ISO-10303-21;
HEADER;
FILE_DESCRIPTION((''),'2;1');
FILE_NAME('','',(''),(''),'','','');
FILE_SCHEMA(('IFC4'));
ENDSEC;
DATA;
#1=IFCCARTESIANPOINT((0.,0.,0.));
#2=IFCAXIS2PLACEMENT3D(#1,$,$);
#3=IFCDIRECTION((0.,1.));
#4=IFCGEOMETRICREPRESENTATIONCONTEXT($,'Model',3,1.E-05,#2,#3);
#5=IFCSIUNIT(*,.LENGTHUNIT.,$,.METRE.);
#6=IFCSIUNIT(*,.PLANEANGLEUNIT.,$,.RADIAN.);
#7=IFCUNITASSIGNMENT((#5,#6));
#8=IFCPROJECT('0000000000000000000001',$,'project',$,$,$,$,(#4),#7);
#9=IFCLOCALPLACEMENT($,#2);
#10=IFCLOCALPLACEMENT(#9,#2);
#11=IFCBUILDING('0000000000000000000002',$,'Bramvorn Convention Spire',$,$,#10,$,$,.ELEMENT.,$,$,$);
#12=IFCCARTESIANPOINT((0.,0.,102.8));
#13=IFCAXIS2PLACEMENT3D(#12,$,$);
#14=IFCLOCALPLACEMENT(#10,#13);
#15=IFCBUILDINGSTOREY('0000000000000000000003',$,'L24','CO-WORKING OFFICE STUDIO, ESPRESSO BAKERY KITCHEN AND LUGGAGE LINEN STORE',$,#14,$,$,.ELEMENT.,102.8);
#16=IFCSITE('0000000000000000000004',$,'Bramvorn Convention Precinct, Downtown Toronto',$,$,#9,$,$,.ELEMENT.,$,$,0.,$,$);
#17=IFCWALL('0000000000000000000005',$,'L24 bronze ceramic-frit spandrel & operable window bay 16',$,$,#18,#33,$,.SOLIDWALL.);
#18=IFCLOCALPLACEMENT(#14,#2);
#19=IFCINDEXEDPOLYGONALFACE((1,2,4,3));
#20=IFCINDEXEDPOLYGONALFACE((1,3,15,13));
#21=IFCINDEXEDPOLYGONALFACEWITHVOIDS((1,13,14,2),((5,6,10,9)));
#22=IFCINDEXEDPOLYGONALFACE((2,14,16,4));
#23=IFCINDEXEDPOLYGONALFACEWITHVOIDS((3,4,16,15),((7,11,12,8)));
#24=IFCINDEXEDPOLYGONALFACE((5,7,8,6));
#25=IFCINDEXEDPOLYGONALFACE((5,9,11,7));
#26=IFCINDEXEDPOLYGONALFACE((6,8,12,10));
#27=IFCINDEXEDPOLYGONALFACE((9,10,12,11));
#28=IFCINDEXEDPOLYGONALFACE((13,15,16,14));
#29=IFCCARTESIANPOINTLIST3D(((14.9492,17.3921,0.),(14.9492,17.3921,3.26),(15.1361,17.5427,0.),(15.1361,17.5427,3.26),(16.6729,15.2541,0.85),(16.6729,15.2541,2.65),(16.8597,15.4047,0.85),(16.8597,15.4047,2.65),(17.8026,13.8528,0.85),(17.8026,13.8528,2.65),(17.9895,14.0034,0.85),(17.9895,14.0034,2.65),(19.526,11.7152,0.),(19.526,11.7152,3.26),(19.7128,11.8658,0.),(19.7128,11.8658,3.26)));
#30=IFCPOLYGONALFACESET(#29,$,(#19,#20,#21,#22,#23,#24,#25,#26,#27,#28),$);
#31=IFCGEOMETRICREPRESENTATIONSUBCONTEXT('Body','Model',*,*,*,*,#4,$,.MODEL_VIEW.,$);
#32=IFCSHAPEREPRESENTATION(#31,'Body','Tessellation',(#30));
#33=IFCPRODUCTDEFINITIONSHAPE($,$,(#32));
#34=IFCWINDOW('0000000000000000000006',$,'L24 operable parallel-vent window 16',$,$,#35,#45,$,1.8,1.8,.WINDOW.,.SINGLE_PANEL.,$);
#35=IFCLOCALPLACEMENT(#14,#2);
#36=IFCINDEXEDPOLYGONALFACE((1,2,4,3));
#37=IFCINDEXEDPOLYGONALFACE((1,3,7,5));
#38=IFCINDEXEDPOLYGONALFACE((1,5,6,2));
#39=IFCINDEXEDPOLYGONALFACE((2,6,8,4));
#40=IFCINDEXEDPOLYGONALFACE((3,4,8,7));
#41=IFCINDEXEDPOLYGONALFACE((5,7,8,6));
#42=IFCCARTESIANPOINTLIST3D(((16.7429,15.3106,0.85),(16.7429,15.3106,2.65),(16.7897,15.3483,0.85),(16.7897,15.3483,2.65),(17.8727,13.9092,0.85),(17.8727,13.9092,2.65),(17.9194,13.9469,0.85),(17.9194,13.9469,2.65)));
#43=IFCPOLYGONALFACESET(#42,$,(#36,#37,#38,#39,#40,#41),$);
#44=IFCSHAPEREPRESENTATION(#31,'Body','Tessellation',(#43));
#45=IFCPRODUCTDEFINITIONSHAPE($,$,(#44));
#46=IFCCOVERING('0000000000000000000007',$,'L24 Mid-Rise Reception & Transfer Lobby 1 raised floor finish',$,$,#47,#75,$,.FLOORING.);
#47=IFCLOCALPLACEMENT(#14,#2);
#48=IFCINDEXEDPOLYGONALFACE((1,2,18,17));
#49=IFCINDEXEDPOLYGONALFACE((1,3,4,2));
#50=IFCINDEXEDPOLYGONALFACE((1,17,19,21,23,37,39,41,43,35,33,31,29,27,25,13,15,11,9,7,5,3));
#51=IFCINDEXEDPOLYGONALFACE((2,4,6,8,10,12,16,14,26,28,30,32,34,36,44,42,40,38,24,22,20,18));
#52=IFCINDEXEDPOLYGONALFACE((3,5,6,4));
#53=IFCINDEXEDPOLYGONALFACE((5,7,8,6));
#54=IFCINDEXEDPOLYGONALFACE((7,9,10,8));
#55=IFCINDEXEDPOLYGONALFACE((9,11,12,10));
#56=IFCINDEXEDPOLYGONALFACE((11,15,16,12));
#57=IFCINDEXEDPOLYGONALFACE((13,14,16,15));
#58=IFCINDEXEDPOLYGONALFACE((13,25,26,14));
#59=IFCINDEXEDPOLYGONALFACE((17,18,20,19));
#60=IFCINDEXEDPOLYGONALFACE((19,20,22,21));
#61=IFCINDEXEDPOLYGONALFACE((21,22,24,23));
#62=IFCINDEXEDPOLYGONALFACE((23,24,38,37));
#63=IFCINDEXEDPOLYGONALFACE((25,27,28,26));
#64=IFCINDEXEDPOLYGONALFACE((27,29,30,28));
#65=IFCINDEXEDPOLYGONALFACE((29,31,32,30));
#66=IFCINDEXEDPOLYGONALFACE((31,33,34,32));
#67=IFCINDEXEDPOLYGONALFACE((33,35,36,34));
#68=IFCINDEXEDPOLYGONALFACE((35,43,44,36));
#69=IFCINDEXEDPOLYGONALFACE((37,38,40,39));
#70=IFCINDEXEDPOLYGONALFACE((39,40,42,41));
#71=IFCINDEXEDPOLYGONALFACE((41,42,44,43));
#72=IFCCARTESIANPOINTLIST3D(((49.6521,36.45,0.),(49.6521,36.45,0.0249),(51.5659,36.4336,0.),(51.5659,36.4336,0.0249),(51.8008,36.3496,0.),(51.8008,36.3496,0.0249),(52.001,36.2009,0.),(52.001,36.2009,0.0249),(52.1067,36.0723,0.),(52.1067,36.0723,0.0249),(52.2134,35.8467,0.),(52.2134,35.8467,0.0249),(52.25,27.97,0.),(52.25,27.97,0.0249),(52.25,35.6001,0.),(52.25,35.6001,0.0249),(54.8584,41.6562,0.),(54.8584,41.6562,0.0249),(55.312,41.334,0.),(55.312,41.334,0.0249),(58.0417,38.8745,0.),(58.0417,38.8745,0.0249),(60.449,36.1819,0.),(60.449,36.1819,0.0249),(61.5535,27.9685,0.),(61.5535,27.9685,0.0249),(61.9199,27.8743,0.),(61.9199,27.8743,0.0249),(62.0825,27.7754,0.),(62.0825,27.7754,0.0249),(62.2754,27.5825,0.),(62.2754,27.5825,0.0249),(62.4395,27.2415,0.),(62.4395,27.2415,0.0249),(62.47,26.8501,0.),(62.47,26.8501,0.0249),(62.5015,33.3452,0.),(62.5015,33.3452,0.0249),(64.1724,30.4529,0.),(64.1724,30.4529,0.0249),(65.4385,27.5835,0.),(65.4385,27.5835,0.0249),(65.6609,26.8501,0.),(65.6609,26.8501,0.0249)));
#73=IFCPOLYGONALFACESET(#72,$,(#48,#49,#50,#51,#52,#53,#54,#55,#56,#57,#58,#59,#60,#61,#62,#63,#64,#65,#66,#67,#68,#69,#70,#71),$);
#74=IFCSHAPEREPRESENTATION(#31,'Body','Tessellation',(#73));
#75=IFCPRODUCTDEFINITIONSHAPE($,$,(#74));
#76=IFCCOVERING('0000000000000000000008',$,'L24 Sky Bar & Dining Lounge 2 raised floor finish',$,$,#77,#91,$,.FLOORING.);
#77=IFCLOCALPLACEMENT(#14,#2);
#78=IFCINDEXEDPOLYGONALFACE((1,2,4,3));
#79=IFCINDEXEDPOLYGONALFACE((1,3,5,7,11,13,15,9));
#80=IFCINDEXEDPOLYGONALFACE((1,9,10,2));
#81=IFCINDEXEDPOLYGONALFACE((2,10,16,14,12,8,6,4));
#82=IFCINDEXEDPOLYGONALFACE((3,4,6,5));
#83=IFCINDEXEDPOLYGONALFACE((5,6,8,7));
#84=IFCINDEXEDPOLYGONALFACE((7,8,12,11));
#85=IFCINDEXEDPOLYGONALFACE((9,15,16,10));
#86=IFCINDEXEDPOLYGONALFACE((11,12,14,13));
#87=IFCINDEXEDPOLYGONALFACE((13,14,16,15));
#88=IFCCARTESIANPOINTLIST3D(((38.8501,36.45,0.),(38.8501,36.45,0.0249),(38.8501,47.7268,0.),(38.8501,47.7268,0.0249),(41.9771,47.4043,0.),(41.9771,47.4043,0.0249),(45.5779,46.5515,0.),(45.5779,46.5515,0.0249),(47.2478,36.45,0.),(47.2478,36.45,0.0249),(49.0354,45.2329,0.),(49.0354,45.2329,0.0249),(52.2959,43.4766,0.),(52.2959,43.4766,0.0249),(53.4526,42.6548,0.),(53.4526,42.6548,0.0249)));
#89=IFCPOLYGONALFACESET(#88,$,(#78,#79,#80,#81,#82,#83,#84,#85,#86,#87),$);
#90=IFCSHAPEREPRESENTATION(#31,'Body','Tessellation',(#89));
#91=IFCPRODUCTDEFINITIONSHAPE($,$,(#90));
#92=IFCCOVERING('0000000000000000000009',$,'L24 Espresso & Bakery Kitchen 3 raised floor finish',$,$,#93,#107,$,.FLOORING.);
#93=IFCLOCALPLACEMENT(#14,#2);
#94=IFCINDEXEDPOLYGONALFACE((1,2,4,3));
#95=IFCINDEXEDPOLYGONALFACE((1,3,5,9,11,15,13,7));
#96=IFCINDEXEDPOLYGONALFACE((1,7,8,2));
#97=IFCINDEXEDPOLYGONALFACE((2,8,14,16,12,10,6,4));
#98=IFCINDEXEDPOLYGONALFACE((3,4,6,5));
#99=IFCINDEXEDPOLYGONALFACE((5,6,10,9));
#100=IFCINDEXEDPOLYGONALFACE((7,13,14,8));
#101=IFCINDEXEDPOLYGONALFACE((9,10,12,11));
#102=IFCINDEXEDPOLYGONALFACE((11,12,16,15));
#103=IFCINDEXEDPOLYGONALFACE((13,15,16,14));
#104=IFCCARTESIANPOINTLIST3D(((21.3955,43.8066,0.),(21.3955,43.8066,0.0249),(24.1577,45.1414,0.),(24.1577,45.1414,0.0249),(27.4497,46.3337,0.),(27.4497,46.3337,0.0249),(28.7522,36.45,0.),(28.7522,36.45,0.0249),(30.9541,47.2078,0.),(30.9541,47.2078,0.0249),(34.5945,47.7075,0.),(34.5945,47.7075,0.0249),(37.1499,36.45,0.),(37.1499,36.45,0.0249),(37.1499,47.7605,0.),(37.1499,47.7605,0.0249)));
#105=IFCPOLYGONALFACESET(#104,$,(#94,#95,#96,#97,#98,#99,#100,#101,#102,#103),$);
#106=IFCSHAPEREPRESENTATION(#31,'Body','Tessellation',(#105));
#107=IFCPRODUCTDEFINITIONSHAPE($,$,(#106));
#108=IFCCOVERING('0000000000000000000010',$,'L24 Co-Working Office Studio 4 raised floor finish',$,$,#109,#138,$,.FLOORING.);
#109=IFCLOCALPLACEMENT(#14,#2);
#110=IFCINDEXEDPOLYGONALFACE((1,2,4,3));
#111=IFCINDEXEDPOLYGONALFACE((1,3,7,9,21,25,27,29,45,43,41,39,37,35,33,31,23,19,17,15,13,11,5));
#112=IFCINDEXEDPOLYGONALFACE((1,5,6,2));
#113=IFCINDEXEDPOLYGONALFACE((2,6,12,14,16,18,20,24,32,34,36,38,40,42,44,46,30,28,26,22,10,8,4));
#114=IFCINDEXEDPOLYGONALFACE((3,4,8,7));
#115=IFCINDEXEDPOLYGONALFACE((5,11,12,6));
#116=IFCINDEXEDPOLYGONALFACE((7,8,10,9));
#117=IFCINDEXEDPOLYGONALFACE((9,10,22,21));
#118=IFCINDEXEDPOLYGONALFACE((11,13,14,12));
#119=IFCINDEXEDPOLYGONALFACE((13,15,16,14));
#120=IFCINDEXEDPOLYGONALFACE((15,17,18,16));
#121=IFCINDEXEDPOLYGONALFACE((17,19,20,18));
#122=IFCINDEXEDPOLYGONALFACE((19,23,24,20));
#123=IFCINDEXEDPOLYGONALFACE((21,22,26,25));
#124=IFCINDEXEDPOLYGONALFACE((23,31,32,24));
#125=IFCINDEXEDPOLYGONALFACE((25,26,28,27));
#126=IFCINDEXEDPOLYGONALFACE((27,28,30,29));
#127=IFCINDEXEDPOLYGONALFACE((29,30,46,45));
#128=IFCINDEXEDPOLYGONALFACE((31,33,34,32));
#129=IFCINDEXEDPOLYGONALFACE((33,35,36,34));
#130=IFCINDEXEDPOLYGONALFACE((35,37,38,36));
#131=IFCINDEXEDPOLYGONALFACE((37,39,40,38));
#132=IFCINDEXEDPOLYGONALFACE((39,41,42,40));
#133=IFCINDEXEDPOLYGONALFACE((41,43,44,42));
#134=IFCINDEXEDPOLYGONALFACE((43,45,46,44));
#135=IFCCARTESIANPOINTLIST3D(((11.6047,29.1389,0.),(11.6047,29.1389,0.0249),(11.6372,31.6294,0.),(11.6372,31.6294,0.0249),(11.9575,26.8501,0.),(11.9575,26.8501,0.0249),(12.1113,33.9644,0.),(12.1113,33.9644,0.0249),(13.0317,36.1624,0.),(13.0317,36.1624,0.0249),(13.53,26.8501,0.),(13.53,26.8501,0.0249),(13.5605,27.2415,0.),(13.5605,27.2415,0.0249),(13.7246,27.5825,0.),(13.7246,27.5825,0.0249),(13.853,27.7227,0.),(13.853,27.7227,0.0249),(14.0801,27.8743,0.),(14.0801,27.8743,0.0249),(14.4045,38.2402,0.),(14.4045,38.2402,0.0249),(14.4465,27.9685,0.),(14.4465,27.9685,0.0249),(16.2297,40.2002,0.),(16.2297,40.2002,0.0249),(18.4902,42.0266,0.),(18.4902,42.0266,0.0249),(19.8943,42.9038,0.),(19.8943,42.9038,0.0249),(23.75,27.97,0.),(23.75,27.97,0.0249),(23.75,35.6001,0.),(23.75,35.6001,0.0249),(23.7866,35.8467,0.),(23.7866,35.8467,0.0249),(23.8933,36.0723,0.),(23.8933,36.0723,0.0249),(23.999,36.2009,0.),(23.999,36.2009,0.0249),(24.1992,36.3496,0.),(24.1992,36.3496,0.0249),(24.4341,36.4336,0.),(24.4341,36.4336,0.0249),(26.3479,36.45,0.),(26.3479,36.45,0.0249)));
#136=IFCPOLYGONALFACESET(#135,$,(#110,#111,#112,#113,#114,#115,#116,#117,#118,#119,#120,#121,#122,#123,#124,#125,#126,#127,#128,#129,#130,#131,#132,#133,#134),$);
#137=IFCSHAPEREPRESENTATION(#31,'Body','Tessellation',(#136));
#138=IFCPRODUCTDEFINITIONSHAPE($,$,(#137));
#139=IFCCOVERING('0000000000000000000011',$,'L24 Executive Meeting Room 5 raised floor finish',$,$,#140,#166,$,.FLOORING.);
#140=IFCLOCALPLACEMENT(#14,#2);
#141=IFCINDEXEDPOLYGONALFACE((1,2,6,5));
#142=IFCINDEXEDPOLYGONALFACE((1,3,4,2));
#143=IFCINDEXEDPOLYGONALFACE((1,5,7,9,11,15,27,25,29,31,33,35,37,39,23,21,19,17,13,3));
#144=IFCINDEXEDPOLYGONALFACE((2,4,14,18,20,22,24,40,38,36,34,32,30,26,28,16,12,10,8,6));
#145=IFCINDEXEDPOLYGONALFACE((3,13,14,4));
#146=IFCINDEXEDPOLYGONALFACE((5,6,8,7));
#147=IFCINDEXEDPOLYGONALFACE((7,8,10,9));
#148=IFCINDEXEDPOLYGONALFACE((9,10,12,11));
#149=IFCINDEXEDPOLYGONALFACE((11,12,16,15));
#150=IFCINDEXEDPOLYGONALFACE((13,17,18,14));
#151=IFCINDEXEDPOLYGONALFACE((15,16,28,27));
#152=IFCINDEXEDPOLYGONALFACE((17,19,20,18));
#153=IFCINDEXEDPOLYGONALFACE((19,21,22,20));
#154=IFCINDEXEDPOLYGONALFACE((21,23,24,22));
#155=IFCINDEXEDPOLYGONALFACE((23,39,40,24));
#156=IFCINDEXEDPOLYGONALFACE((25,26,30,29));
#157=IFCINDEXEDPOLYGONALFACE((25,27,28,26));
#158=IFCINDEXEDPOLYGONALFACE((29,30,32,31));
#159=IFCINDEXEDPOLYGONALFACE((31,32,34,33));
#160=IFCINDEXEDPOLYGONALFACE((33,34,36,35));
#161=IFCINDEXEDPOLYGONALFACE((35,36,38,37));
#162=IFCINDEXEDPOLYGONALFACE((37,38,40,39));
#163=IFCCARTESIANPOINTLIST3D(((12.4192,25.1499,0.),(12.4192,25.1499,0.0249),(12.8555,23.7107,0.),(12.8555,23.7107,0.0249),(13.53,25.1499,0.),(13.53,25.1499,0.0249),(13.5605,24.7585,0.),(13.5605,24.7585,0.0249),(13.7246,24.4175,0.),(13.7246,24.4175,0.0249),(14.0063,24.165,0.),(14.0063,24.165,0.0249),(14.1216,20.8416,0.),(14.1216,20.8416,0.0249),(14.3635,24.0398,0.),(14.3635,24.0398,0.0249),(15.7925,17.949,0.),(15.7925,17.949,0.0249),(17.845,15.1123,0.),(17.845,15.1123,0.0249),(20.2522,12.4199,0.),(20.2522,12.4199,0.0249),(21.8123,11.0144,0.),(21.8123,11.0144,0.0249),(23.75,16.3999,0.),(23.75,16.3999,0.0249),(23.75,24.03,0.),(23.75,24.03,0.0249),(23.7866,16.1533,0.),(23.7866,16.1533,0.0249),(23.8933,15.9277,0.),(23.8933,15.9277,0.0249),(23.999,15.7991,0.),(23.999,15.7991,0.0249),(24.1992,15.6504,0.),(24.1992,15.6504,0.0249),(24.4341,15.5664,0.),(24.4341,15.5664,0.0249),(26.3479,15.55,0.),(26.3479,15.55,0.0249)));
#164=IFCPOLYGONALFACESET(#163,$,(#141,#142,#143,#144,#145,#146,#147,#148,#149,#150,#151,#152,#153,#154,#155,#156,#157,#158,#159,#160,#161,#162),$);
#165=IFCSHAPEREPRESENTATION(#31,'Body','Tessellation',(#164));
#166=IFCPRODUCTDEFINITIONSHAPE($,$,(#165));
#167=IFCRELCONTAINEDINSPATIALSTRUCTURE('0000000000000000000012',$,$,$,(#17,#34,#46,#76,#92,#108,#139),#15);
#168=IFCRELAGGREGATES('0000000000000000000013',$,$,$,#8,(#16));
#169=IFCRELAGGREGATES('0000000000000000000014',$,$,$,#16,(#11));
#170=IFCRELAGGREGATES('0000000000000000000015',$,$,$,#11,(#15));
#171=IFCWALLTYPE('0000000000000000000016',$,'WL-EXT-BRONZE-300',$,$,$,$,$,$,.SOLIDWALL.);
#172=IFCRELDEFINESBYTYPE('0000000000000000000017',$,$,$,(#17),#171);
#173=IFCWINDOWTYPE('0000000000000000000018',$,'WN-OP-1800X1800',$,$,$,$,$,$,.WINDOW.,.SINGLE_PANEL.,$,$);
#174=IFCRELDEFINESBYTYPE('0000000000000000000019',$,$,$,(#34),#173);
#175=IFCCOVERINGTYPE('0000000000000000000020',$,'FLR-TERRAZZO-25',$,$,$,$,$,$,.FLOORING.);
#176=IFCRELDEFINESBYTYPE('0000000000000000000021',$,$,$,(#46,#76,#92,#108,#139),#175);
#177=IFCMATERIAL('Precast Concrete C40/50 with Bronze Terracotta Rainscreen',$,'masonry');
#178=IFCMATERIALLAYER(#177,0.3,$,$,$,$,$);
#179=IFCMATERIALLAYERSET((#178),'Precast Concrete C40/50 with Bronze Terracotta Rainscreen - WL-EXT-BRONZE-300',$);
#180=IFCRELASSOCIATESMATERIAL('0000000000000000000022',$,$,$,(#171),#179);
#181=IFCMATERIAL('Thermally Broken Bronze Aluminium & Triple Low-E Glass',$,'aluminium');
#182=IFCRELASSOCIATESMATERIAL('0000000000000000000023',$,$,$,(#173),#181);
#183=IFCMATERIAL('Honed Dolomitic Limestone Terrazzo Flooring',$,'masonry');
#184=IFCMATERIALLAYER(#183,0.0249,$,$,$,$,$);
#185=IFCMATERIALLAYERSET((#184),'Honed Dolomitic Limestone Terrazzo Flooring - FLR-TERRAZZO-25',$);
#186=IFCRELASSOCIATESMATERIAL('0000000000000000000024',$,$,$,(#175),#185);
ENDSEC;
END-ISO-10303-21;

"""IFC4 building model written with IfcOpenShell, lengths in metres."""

from ifc_helpers import new_model, si_unit, direction, frame, frame_2d, origin, place, context, subcontext, project, spatial, polyline, rectangle, outline, extrude, material, layer, layer_set, type_object, element, fill, save


model = new_model("IFC4")

# Units and contexts
model_context = context("Model", 3, precision=1e-05, world=origin(), true_north=direction((0.0, 1.0)))
body_context = subcontext(model_context, "Body", "Model", "MODEL_VIEW")
ifc_project = project(units=[si_unit("LENGTHUNIT", "METRE"), si_unit("PLANEANGLEUNIT", "RADIAN")], contexts=[model_context])

# Site, building, storey
site_placement = place(None, origin())
site = spatial("IfcSite", under=ifc_project, at=site_placement, Name="Bramvorn Convention Precinct, Downtown Toronto", CompositionType="ELEMENT", RefElevation=0.0)
building_placement = place(site_placement, origin())
building = spatial("IfcBuilding", under=site, at=building_placement, Name="Bramvorn Convention Spire", CompositionType="ELEMENT")
storey_placement = place(building_placement, frame((0.0, 0.0, 102.8)))
storey = spatial("IfcBuildingStorey", under=building, at=storey_placement, Name="L24", Description="CO-WORKING OFFICE STUDIO, ESPRESSO BAKERY KITCHEN AND LUGGAGE LINEN STORE", CompositionType="ELEMENT", Elevation=102.8)

# Shared definitions
ifc_material_1 = material(Name="Precast Concrete C40/50 with Bronze Terracotta Rainscreen", Category="masonry")
ifc_layer_1 = layer(ifc_material_1, 0.3)
ifc_layer_set_1 = layer_set([ifc_layer_1], Name="Precast Concrete C40/50 with Bronze Terracotta Rainscreen - WL-EXT-BRONZE-300")
wall_type = type_object("IfcWallType", Name="WL-EXT-BRONZE-300", PredefinedType="SOLIDWALL", material=ifc_layer_set_1)

# Wall, opening, window
wall_1_placement = place(storey_placement, frame((19.6194, 11.7905, 0.0), z_axis=(0.0, 0.0, 1.0), x_axis=(-0.627639, 0.778505, 0.0)))
wall_1 = element("IfcWall", 1, at=wall_1_placement, inside=storey, type_object=wall_type, Name="L24 bronze ceramic-frit spandrel & operable window bay 16", PredefinedType="SOLIDWALL", context=body_context, shape_type="SweptSolid", body=[
    extrude(rectangle(XDim=7.292, YDim=0.24, at=frame_2d((3.646, 0.0))), origin(), (0.0, 0.0, 1.0), 3.26),
])
opening_placement = place(wall_1_placement, frame((2.7458, 0.0, 0.8501)))
opening = element("IfcOpeningElement", 2, at=opening_placement, cuts=wall_1, PredefinedType="OPENING", context=body_context, shape_type="SweptSolid", body=[
    extrude(rectangle(XDim=1.8, YDim=1.8, at=frame_2d((0.8999, 0.8999))), frame((0.0, 0.1299, 0.0), z_axis=(0.0, -1.0, 0.0), x_axis=(1.0, 0.0, 0.0)), (0.0, 0.0, 1.0), 0.26),
])
ifc_material_2 = material(Name="Thermally Broken Bronze Aluminium & Triple Low-E Glass", Category="aluminium")
window_type = type_object("IfcWindowType", Name="WN-OP-1800X1800", PartitioningType="SINGLE_PANEL", PredefinedType="WINDOW", material=ifc_material_2)
window_placement = place(opening_placement, origin())
window = element("IfcWindow", 3, at=window_placement, inside=storey, type_object=window_type, Name="L24 operable parallel-vent window 16", OverallHeight=1.8, OverallWidth=1.8, PartitioningType="SINGLE_PANEL", PredefinedType="WINDOW", context=body_context, shape_type="SweptSolid", body=[
    extrude(rectangle(XDim=1.8, YDim=1.8, at=frame_2d((0.8999, 0.8999))), frame((0.0, 0.03, 0.0), z_axis=(0.0, -1.0, 0.0), x_axis=(1.0, 0.0, 0.0)), (0.0, 0.0, 1.0), 0.0601),
])
fill(opening, window)

# Coverings
ifc_material_3 = material(Name="Honed Dolomitic Limestone Terrazzo Flooring", Category="masonry")
ifc_layer_2 = layer(ifc_material_3, 0.0249)
ifc_layer_set_2 = layer_set([ifc_layer_2], Name="Honed Dolomitic Limestone Terrazzo Flooring - FLR-TERRAZZO-25")
covering_type = type_object("IfcCoveringType", Name="FLR-TERRAZZO-25", PredefinedType="FLOORING", material=ifc_layer_set_2)
covering_1_placement = place(storey_placement, origin())
element("IfcCovering", 4, at=covering_1_placement, inside=storey, type_object=covering_type, Name="L24 Mid-Rise Reception & Transfer Lobby 1 raised floor finish", PredefinedType="FLOORING", context=body_context, shape_type="SweptSolid", body=[
    extrude(outline(polyline([(55.312, 41.334), (54.8584, 41.6562), (49.6521, 36.45), (51.5659, 36.4336), (51.8008, 36.3496), (52.001, 36.2009), (52.1067, 36.0723), (52.2134, 35.8467), (52.25, 35.6001), (52.25, 27.97), (61.5535, 27.9685), (61.9199, 27.8743), (62.0825, 27.7754), (62.2754, 27.5825), (62.4395, 27.2415), (62.47, 26.8501), (65.6609, 26.8501), (65.4385, 27.5835), (64.1724, 30.4529), (62.5015, 33.3452), (60.449, 36.1819), (58.0417, 38.8745), (55.312, 41.334)])), origin(), (0.0, 0.0, 1.0), 0.0249),
])
covering_2_placement = place(storey_placement, origin())
element("IfcCovering", 5, at=covering_2_placement, inside=storey, type_object=covering_type, Name="L24 Sky Bar & Dining Lounge 2 raised floor finish", PredefinedType="FLOORING", context=body_context, shape_type="SweptSolid", body=[
    extrude(outline(polyline([(38.8501, 36.45), (47.2478, 36.45), (53.4526, 42.6548), (52.2959, 43.4766), (49.0354, 45.2329), (45.5779, 46.5515), (41.9771, 47.4043), (38.8501, 47.7268), (38.8501, 36.45)])), origin(), (0.0, 0.0, 1.0), 0.0249),
])
covering_3_placement = place(storey_placement, origin())
element("IfcCovering", 6, at=covering_3_placement, inside=storey, type_object=covering_type, Name="L24 Espresso & Bakery Kitchen 3 raised floor finish", PredefinedType="FLOORING", context=body_context, shape_type="SweptSolid", body=[
    extrude(outline(polyline([(28.7522, 36.45), (37.1499, 36.45), (37.1499, 47.7605), (34.5945, 47.7075), (30.9541, 47.2078), (27.4497, 46.3337), (24.1577, 45.1414), (21.3955, 43.8066), (28.7522, 36.45)])), origin(), (0.0, 0.0, 1.0), 0.0249),
])
covering_4_placement = place(storey_placement, origin())
element("IfcCovering", 7, at=covering_4_placement, inside=storey, type_object=covering_type, Name="L24 Co-Working Office Studio 4 raised floor finish", PredefinedType="FLOORING", context=body_context, shape_type="SweptSolid", body=[
    extrude(outline(polyline([(11.9575, 26.8501), (13.53, 26.8501), (13.5605, 27.2415), (13.7246, 27.5825), (13.853, 27.7227), (14.0801, 27.8743), (14.4465, 27.9685), (23.75, 27.97), (23.75, 35.6001), (23.7866, 35.8467), (23.8933, 36.0723), (23.999, 36.2009), (24.1992, 36.3496), (24.4341, 36.4336), (26.3479, 36.45), (19.8943, 42.9038), (18.4902, 42.0266), (16.2297, 40.2002), (14.4045, 38.2402), (13.0317, 36.1624), (12.1113, 33.9644), (11.6372, 31.6294), (11.6047, 29.1389), (11.9575, 26.8501)])), origin(), (0.0, 0.0, 1.0), 0.0249),
])
covering_5_placement = place(storey_placement, origin())
element("IfcCovering", 8, at=covering_5_placement, inside=storey, type_object=covering_type, Name="L24 Executive Meeting Room 5 raised floor finish", PredefinedType="FLOORING", context=body_context, shape_type="SweptSolid", body=[
    extrude(outline(polyline([(20.2522, 12.4199), (21.8123, 11.0144), (26.3479, 15.55), (24.4341, 15.5664), (24.1992, 15.6504), (23.999, 15.7991), (23.8933, 15.9277), (23.7866, 16.1533), (23.75, 16.3999), (23.75, 24.03), (14.3635, 24.0398), (14.0063, 24.165), (13.7246, 24.4175), (13.5605, 24.7585), (13.53, 25.1499), (12.4192, 25.1499), (12.8555, 23.7107), (14.1216, 20.8416), (15.7925, 17.949), (17.845, 15.1123), (20.2522, 12.4199)])), origin(), (0.0, 0.0, 1.0), 0.0249),
])

save(model, "model.ifc")
